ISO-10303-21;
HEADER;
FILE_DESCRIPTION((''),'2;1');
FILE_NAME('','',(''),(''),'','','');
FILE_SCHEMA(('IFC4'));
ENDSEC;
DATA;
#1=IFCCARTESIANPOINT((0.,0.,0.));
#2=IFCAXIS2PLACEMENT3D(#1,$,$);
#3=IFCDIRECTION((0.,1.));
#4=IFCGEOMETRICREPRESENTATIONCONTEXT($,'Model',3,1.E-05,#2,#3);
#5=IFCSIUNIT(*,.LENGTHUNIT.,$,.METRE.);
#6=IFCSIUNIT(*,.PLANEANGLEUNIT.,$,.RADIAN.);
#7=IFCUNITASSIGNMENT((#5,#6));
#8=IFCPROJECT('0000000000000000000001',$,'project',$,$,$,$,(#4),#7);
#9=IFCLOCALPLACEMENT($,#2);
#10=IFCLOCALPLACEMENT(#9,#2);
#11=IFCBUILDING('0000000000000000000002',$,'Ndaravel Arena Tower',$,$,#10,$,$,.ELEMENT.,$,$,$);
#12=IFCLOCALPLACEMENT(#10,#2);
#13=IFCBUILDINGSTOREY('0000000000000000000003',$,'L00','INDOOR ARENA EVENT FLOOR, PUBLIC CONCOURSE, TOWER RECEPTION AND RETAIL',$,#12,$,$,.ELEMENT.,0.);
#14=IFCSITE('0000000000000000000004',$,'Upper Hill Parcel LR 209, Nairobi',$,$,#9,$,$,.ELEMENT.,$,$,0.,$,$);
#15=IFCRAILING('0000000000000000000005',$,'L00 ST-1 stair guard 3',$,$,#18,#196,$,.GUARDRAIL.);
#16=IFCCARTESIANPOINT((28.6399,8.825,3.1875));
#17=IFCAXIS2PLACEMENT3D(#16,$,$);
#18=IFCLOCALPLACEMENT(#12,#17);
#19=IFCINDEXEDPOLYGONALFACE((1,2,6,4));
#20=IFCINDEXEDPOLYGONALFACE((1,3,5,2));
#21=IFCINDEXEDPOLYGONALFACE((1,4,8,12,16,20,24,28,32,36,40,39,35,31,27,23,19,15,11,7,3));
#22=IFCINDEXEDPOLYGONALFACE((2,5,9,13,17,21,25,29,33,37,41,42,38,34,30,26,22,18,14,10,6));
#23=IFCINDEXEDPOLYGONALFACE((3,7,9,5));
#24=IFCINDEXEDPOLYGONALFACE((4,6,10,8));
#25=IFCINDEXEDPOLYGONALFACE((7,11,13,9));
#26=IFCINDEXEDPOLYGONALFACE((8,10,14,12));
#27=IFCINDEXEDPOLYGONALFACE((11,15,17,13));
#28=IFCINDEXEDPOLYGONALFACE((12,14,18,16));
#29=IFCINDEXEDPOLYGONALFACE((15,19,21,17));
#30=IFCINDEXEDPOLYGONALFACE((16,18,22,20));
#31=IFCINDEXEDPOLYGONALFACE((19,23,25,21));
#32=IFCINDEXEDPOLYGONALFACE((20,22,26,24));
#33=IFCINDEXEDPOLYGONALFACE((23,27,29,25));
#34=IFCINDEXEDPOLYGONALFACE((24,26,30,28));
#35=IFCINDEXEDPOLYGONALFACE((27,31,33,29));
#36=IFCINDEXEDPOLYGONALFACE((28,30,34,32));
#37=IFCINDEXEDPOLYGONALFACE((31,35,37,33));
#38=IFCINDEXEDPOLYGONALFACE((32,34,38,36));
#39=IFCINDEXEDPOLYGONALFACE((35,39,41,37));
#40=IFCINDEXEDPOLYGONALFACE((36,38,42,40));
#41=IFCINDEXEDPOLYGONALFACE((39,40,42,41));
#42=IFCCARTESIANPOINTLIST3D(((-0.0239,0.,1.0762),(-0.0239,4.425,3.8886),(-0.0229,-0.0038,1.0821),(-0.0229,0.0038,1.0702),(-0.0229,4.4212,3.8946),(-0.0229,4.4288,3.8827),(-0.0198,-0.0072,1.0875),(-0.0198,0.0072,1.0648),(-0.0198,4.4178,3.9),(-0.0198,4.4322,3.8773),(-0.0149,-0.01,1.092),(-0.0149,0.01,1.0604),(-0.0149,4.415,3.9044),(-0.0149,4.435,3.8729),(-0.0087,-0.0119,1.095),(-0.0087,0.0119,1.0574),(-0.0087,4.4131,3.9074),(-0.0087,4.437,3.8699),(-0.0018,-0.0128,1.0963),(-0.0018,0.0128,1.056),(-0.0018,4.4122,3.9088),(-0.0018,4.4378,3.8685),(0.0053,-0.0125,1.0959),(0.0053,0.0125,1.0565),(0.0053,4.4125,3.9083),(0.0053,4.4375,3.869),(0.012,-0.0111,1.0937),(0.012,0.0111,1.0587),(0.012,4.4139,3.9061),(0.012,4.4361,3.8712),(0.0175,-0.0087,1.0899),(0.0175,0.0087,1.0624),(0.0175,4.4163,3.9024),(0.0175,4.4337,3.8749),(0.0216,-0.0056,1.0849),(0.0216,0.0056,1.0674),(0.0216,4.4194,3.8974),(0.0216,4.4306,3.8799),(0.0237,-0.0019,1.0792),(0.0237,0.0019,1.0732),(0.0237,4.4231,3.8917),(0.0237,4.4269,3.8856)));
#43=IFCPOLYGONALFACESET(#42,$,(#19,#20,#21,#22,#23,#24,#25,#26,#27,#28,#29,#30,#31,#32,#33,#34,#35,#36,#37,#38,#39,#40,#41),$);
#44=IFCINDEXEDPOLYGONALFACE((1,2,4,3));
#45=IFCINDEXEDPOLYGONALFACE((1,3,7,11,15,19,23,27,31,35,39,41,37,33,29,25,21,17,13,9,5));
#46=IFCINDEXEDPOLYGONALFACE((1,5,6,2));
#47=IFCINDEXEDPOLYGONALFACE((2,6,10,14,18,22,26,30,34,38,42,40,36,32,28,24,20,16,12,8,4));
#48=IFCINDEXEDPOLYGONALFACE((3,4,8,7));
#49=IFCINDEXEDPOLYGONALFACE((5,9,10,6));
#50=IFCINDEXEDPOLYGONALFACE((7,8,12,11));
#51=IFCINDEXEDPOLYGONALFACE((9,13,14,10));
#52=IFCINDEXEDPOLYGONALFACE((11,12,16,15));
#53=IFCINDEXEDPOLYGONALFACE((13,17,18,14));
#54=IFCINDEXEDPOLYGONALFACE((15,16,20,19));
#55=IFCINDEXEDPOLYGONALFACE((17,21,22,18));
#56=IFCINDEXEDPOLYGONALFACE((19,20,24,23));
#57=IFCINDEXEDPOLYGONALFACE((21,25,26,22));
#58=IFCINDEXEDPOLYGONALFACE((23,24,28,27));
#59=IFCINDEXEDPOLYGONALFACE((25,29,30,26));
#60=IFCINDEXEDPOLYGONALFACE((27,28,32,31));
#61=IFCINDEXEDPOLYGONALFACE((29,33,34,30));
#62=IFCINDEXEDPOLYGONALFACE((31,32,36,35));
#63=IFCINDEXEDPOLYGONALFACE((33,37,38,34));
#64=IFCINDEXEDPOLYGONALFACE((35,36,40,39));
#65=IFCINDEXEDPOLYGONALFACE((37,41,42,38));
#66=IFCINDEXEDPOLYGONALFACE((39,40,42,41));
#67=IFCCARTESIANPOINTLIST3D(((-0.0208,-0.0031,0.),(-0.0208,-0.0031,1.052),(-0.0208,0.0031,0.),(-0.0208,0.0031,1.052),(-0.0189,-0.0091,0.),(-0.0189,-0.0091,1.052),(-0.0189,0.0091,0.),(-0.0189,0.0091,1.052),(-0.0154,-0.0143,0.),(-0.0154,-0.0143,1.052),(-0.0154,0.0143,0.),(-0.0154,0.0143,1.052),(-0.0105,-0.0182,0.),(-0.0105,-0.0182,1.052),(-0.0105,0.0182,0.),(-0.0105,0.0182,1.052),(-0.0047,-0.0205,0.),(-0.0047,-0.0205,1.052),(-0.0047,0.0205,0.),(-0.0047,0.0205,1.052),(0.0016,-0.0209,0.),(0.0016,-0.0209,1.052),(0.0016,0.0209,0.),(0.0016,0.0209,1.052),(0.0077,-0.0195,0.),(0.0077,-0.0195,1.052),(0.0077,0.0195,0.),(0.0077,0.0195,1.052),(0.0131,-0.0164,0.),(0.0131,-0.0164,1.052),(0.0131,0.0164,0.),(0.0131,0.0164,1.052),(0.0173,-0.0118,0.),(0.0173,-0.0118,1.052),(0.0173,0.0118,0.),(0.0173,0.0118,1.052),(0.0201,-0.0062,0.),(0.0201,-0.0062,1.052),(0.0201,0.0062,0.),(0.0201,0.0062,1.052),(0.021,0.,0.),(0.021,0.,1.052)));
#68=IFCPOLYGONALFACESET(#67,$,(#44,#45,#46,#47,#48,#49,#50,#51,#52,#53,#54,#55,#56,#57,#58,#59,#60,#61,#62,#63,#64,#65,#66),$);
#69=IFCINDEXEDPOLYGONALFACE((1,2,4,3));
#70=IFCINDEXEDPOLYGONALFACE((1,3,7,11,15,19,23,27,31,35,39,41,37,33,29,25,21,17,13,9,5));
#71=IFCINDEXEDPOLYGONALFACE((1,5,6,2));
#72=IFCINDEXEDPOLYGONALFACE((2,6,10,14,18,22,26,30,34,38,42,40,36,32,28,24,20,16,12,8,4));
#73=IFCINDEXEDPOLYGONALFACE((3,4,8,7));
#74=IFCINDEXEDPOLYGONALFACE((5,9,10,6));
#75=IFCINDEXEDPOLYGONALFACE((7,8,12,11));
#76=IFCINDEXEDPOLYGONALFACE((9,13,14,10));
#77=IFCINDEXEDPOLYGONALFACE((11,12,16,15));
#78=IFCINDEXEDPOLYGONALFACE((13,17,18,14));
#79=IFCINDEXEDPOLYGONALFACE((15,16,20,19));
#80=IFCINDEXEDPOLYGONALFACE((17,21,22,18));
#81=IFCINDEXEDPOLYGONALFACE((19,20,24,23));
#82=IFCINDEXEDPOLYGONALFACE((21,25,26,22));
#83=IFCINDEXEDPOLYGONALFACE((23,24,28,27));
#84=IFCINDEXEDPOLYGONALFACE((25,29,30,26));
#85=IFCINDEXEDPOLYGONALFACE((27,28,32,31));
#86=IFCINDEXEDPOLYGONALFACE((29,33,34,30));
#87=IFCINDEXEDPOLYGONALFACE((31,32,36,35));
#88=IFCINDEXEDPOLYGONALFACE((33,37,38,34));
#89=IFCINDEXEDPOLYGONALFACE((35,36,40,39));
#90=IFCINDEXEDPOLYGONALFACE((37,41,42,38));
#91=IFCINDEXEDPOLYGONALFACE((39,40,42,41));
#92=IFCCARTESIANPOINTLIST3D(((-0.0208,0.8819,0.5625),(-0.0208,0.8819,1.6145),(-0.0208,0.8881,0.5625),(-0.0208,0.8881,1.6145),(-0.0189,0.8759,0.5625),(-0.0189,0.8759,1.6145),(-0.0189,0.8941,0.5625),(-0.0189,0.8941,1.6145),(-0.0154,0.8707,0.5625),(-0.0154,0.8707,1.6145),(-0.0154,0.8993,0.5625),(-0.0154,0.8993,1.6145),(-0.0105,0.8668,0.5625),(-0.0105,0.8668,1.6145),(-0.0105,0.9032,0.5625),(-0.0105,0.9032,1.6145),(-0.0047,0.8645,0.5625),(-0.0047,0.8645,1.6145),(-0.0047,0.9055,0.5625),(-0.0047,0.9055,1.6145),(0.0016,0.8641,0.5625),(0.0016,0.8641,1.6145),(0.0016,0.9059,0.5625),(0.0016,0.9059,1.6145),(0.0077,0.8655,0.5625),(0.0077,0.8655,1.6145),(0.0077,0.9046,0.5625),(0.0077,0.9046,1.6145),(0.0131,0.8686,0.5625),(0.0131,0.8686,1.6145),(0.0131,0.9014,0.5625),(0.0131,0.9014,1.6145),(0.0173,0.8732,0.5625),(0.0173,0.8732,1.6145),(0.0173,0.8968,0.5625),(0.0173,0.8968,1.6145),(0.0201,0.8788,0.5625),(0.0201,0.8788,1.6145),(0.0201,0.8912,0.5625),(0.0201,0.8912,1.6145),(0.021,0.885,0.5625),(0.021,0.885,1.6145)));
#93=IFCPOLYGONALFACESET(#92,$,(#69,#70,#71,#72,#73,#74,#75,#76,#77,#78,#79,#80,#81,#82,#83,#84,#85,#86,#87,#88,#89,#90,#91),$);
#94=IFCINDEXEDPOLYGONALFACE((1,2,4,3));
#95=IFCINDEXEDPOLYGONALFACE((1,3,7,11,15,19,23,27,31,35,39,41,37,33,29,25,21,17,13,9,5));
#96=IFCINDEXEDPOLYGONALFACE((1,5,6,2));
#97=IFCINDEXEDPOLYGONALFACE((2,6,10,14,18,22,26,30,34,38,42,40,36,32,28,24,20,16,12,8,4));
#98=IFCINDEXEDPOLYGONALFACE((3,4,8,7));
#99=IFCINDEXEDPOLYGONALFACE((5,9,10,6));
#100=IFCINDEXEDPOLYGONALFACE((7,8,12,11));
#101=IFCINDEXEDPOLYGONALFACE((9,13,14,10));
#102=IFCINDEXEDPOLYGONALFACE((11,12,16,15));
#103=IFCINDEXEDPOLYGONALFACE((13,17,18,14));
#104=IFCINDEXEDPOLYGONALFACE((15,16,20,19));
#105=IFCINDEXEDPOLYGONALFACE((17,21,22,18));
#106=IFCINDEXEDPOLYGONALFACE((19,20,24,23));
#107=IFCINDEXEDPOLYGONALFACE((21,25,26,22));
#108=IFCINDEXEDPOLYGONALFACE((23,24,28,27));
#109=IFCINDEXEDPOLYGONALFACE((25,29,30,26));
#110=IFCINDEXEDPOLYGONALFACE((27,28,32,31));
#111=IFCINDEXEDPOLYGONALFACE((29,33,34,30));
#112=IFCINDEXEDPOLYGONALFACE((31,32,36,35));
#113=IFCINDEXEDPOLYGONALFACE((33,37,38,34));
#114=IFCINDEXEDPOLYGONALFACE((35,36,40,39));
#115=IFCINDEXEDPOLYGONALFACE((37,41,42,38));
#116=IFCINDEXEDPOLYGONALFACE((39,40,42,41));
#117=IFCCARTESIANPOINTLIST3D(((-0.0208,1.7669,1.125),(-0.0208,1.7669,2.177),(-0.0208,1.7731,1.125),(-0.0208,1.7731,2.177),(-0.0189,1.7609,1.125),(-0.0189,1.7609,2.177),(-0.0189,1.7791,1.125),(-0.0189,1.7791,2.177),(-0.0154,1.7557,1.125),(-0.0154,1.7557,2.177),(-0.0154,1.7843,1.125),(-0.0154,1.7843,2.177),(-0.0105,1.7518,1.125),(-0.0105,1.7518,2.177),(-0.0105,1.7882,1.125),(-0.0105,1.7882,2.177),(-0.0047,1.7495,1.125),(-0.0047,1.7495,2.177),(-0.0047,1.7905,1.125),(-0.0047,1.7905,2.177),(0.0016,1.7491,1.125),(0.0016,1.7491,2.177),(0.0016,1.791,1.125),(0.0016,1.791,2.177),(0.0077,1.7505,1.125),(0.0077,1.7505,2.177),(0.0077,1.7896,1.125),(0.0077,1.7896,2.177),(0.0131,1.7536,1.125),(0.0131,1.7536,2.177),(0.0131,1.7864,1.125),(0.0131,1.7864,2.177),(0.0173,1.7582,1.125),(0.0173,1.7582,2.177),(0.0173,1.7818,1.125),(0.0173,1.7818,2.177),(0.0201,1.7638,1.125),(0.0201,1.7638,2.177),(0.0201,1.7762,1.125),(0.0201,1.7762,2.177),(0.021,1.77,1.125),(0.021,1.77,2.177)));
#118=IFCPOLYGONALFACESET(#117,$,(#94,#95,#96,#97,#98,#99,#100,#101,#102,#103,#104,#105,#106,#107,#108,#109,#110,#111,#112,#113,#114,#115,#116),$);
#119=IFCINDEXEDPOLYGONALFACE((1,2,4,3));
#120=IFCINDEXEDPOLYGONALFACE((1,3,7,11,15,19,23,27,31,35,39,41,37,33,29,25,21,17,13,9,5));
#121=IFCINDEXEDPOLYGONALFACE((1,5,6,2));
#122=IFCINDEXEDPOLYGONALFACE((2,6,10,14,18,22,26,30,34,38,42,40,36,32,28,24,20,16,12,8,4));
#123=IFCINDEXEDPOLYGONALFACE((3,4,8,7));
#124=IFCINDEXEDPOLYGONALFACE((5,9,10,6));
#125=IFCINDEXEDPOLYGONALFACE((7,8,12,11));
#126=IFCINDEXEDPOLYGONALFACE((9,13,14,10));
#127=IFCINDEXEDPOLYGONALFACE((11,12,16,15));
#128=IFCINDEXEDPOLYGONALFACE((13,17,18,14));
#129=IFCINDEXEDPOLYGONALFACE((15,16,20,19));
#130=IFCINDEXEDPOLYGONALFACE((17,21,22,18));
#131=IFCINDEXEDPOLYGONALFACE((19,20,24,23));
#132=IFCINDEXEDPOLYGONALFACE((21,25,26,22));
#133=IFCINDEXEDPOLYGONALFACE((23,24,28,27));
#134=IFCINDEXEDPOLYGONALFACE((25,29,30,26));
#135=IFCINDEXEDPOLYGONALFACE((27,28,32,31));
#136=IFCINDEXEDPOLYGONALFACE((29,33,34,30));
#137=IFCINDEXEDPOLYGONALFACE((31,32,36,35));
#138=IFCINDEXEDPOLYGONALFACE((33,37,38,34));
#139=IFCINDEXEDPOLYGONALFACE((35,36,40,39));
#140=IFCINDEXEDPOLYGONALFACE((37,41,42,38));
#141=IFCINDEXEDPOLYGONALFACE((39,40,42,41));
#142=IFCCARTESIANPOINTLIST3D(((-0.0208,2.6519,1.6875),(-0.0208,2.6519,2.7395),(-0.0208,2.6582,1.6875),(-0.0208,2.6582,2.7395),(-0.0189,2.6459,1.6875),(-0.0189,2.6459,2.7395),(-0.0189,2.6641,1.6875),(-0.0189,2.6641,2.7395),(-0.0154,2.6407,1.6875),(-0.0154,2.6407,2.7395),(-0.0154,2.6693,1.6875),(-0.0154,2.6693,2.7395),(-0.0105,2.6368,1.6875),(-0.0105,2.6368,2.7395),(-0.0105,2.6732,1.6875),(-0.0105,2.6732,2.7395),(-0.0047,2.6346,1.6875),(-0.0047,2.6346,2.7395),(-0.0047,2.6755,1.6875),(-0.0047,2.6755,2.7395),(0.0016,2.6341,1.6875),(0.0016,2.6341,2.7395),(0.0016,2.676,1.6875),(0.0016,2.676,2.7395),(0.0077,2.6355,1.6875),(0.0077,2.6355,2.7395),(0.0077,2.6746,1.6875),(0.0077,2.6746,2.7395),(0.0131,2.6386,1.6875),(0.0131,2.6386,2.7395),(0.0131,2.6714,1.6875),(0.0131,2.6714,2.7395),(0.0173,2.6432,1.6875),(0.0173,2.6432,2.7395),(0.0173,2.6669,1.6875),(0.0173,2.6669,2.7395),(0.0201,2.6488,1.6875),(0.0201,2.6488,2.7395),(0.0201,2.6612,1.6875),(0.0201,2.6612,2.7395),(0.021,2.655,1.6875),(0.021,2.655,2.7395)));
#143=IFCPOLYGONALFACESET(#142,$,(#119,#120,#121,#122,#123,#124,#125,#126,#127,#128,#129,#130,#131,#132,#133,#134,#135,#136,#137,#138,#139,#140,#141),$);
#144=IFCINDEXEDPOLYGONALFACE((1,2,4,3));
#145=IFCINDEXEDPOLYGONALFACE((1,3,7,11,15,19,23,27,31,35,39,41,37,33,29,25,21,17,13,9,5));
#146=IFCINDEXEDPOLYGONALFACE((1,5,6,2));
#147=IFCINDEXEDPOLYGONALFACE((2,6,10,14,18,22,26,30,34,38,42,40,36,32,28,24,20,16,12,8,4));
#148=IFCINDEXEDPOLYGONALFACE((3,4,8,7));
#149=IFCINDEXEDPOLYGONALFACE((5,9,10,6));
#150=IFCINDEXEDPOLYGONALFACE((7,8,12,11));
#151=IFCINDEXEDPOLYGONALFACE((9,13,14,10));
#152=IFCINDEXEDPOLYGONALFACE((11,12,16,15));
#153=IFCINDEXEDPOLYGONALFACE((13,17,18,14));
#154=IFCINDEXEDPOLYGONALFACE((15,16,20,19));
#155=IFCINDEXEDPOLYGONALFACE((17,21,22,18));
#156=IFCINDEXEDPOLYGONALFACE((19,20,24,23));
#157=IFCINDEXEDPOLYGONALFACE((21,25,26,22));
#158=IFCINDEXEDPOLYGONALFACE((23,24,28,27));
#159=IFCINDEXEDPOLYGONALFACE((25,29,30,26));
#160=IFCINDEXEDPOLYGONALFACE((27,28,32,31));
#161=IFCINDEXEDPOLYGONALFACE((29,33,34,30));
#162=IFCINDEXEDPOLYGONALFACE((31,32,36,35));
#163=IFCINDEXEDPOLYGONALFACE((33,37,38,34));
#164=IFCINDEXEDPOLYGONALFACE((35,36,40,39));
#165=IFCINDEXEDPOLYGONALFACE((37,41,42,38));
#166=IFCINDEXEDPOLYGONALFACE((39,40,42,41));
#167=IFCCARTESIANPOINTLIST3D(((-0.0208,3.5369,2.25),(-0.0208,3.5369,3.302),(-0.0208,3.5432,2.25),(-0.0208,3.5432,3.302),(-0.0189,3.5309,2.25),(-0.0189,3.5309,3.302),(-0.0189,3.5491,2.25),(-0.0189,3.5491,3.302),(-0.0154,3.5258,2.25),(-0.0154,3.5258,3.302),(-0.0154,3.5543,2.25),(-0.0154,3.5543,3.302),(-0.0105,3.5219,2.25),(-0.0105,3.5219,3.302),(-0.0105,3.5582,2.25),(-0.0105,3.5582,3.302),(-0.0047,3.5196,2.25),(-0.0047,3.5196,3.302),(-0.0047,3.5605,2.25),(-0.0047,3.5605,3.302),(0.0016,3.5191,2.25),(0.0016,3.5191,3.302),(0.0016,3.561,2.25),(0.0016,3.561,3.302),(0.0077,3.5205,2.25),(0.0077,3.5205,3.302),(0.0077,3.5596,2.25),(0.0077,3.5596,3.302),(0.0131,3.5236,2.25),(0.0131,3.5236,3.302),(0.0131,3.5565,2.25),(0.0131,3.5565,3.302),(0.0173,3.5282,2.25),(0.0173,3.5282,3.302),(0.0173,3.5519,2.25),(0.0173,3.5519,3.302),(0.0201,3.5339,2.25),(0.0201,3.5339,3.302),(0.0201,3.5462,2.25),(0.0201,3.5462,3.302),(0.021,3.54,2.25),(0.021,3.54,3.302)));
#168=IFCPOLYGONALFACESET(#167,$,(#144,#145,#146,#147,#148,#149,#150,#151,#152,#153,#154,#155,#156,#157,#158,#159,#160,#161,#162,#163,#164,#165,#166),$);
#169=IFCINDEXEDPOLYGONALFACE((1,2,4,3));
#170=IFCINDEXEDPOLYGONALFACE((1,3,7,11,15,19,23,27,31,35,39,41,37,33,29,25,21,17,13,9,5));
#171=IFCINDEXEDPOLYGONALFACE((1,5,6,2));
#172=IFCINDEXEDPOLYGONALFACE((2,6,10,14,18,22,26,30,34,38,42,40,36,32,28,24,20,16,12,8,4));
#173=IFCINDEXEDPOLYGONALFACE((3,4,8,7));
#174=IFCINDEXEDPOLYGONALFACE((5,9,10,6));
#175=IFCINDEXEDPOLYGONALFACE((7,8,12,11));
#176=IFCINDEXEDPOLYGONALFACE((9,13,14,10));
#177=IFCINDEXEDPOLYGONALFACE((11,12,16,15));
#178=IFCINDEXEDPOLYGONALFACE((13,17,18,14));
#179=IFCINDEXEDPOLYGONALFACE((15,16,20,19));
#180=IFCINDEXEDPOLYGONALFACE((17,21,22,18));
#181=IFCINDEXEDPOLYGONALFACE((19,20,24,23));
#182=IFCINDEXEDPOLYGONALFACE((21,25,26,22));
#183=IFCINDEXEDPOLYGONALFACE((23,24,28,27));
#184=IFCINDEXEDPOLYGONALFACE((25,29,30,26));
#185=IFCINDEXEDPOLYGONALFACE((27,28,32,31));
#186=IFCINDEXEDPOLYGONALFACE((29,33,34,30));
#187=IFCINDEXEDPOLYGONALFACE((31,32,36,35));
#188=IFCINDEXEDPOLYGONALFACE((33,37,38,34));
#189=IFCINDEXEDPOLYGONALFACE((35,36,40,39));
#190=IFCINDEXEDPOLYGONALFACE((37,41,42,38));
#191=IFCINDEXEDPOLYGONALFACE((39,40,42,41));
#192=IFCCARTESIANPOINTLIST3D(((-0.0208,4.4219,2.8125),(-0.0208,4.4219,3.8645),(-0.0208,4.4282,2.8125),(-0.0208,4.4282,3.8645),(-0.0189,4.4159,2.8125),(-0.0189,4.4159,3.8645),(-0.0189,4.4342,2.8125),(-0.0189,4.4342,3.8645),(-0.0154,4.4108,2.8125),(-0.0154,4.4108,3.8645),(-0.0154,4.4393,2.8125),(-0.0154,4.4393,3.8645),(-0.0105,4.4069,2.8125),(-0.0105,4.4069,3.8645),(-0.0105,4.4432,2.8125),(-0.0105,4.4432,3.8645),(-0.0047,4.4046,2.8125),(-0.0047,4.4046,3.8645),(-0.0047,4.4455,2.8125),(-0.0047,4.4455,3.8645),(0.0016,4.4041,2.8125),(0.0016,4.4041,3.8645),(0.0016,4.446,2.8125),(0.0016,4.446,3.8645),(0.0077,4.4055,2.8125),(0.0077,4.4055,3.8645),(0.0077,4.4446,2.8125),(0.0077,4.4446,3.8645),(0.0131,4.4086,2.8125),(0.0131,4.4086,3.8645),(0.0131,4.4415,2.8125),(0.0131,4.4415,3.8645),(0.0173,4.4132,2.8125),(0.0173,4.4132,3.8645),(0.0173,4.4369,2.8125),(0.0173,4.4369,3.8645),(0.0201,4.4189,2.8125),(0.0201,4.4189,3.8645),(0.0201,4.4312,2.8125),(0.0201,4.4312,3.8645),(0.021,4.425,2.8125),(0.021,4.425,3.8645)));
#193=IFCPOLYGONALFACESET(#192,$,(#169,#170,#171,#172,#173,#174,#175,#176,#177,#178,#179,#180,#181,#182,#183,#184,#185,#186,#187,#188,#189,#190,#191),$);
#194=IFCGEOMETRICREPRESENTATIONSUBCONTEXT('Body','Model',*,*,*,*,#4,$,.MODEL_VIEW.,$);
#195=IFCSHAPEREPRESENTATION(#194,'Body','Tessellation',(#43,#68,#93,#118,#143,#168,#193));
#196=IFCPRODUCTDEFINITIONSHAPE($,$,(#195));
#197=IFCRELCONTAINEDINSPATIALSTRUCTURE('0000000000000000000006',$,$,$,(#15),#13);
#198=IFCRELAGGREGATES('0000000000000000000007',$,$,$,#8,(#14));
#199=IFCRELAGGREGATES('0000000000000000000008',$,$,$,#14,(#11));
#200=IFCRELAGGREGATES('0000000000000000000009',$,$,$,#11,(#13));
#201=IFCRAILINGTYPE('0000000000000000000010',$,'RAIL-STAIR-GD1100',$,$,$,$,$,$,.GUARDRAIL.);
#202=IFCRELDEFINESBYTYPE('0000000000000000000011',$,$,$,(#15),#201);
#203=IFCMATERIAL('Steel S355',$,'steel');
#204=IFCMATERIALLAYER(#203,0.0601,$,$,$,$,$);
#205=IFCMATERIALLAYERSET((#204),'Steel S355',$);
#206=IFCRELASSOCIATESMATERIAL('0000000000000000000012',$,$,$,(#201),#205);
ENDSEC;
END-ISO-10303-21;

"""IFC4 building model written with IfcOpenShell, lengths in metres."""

from ifc_helpers import new_model, si_unit, direction, frame, origin, origin_2d, place, context, subcontext, project, spatial, circle, extrude, material, layer, layer_set, type_object, element, save


model = new_model("IFC4")

# Units and contexts
model_context = context("Model", 3, precision=1e-05, world=origin(), true_north=direction((0.0, 1.0)))
body_context = subcontext(model_context, "Body", "Model", "MODEL_VIEW")
ifc_project = project(units=[si_unit("LENGTHUNIT", "METRE"), si_unit("PLANEANGLEUNIT", "RADIAN")], contexts=[model_context])

# Site, building, storey
site_placement = place(None, origin())
site = spatial("IfcSite", under=ifc_project, at=site_placement, Name="Upper Hill Parcel LR 209, Nairobi", CompositionType="ELEMENT", RefElevation=0.0)
building_placement = place(site_placement, origin())
building = spatial("IfcBuilding", under=site, at=building_placement, Name="Ndaravel Arena Tower", CompositionType="ELEMENT")
storey_placement = place(building_placement, origin())
storey = spatial("IfcBuildingStorey", under=building, at=storey_placement, Name="L00", Description="INDOOR ARENA EVENT FLOOR, PUBLIC CONCOURSE, TOWER RECEPTION AND RETAIL", CompositionType="ELEMENT", Elevation=0.0)

# Railing
ifc_material_1 = material(Name="Steel S355", Category="steel")
ifc_layer_1 = layer(ifc_material_1, 0.0601)
ifc_layer_set_1 = layer_set([ifc_layer_1], Name="Steel S355")
railing_type_1 = type_object("IfcRailingType", Name="RAIL-STAIR-GD1100", PredefinedType="GUARDRAIL", material=ifc_layer_set_1)
railing_1_placement = place(storey_placement, frame((28.6399, 8.825, 3.1875)))
element("IfcRailing", 1, at=railing_1_placement, inside=storey, type_object=railing_type_1, Name="L00 ST-1 stair guard 3", PredefinedType="GUARDRAIL", context=body_context, shape_type="SweptSolid", body=[
    extrude(circle(Radius=0.0239, at=origin_2d()), frame((0.0, 0.0, 1.0762), z_axis=(0.0, 0.843959, 0.536408), x_axis=(-1.0, 0.0, 0.0)), (0.0, 0.0, 1.0), 5.2432),
    extrude(circle(Radius=0.021, at=origin_2d()), origin(), (0.0, 0.0, 1.0), 1.052),
    extrude(circle(Radius=0.021, at=origin_2d()), frame((0.0, 0.885, 0.5625)), (0.0, 0.0, 1.0), 1.052),
    extrude(circle(Radius=0.021, at=origin_2d()), frame((0.0, 1.77, 1.125)), (0.0, 0.0, 1.0), 1.052),
    extrude(circle(Radius=0.021, at=origin_2d()), frame((0.0, 2.655, 1.6875)), (0.0, 0.0, 1.0), 1.052),
    extrude(circle(Radius=0.021, at=origin_2d()), frame((0.0, 3.54, 2.25)), (0.0, 0.0, 1.0), 1.052),
    extrude(circle(Radius=0.021, at=origin_2d()), frame((0.0, 4.425, 2.8125)), (0.0, 0.0, 1.0), 1.052),
])

save(model, "model.ifc")
